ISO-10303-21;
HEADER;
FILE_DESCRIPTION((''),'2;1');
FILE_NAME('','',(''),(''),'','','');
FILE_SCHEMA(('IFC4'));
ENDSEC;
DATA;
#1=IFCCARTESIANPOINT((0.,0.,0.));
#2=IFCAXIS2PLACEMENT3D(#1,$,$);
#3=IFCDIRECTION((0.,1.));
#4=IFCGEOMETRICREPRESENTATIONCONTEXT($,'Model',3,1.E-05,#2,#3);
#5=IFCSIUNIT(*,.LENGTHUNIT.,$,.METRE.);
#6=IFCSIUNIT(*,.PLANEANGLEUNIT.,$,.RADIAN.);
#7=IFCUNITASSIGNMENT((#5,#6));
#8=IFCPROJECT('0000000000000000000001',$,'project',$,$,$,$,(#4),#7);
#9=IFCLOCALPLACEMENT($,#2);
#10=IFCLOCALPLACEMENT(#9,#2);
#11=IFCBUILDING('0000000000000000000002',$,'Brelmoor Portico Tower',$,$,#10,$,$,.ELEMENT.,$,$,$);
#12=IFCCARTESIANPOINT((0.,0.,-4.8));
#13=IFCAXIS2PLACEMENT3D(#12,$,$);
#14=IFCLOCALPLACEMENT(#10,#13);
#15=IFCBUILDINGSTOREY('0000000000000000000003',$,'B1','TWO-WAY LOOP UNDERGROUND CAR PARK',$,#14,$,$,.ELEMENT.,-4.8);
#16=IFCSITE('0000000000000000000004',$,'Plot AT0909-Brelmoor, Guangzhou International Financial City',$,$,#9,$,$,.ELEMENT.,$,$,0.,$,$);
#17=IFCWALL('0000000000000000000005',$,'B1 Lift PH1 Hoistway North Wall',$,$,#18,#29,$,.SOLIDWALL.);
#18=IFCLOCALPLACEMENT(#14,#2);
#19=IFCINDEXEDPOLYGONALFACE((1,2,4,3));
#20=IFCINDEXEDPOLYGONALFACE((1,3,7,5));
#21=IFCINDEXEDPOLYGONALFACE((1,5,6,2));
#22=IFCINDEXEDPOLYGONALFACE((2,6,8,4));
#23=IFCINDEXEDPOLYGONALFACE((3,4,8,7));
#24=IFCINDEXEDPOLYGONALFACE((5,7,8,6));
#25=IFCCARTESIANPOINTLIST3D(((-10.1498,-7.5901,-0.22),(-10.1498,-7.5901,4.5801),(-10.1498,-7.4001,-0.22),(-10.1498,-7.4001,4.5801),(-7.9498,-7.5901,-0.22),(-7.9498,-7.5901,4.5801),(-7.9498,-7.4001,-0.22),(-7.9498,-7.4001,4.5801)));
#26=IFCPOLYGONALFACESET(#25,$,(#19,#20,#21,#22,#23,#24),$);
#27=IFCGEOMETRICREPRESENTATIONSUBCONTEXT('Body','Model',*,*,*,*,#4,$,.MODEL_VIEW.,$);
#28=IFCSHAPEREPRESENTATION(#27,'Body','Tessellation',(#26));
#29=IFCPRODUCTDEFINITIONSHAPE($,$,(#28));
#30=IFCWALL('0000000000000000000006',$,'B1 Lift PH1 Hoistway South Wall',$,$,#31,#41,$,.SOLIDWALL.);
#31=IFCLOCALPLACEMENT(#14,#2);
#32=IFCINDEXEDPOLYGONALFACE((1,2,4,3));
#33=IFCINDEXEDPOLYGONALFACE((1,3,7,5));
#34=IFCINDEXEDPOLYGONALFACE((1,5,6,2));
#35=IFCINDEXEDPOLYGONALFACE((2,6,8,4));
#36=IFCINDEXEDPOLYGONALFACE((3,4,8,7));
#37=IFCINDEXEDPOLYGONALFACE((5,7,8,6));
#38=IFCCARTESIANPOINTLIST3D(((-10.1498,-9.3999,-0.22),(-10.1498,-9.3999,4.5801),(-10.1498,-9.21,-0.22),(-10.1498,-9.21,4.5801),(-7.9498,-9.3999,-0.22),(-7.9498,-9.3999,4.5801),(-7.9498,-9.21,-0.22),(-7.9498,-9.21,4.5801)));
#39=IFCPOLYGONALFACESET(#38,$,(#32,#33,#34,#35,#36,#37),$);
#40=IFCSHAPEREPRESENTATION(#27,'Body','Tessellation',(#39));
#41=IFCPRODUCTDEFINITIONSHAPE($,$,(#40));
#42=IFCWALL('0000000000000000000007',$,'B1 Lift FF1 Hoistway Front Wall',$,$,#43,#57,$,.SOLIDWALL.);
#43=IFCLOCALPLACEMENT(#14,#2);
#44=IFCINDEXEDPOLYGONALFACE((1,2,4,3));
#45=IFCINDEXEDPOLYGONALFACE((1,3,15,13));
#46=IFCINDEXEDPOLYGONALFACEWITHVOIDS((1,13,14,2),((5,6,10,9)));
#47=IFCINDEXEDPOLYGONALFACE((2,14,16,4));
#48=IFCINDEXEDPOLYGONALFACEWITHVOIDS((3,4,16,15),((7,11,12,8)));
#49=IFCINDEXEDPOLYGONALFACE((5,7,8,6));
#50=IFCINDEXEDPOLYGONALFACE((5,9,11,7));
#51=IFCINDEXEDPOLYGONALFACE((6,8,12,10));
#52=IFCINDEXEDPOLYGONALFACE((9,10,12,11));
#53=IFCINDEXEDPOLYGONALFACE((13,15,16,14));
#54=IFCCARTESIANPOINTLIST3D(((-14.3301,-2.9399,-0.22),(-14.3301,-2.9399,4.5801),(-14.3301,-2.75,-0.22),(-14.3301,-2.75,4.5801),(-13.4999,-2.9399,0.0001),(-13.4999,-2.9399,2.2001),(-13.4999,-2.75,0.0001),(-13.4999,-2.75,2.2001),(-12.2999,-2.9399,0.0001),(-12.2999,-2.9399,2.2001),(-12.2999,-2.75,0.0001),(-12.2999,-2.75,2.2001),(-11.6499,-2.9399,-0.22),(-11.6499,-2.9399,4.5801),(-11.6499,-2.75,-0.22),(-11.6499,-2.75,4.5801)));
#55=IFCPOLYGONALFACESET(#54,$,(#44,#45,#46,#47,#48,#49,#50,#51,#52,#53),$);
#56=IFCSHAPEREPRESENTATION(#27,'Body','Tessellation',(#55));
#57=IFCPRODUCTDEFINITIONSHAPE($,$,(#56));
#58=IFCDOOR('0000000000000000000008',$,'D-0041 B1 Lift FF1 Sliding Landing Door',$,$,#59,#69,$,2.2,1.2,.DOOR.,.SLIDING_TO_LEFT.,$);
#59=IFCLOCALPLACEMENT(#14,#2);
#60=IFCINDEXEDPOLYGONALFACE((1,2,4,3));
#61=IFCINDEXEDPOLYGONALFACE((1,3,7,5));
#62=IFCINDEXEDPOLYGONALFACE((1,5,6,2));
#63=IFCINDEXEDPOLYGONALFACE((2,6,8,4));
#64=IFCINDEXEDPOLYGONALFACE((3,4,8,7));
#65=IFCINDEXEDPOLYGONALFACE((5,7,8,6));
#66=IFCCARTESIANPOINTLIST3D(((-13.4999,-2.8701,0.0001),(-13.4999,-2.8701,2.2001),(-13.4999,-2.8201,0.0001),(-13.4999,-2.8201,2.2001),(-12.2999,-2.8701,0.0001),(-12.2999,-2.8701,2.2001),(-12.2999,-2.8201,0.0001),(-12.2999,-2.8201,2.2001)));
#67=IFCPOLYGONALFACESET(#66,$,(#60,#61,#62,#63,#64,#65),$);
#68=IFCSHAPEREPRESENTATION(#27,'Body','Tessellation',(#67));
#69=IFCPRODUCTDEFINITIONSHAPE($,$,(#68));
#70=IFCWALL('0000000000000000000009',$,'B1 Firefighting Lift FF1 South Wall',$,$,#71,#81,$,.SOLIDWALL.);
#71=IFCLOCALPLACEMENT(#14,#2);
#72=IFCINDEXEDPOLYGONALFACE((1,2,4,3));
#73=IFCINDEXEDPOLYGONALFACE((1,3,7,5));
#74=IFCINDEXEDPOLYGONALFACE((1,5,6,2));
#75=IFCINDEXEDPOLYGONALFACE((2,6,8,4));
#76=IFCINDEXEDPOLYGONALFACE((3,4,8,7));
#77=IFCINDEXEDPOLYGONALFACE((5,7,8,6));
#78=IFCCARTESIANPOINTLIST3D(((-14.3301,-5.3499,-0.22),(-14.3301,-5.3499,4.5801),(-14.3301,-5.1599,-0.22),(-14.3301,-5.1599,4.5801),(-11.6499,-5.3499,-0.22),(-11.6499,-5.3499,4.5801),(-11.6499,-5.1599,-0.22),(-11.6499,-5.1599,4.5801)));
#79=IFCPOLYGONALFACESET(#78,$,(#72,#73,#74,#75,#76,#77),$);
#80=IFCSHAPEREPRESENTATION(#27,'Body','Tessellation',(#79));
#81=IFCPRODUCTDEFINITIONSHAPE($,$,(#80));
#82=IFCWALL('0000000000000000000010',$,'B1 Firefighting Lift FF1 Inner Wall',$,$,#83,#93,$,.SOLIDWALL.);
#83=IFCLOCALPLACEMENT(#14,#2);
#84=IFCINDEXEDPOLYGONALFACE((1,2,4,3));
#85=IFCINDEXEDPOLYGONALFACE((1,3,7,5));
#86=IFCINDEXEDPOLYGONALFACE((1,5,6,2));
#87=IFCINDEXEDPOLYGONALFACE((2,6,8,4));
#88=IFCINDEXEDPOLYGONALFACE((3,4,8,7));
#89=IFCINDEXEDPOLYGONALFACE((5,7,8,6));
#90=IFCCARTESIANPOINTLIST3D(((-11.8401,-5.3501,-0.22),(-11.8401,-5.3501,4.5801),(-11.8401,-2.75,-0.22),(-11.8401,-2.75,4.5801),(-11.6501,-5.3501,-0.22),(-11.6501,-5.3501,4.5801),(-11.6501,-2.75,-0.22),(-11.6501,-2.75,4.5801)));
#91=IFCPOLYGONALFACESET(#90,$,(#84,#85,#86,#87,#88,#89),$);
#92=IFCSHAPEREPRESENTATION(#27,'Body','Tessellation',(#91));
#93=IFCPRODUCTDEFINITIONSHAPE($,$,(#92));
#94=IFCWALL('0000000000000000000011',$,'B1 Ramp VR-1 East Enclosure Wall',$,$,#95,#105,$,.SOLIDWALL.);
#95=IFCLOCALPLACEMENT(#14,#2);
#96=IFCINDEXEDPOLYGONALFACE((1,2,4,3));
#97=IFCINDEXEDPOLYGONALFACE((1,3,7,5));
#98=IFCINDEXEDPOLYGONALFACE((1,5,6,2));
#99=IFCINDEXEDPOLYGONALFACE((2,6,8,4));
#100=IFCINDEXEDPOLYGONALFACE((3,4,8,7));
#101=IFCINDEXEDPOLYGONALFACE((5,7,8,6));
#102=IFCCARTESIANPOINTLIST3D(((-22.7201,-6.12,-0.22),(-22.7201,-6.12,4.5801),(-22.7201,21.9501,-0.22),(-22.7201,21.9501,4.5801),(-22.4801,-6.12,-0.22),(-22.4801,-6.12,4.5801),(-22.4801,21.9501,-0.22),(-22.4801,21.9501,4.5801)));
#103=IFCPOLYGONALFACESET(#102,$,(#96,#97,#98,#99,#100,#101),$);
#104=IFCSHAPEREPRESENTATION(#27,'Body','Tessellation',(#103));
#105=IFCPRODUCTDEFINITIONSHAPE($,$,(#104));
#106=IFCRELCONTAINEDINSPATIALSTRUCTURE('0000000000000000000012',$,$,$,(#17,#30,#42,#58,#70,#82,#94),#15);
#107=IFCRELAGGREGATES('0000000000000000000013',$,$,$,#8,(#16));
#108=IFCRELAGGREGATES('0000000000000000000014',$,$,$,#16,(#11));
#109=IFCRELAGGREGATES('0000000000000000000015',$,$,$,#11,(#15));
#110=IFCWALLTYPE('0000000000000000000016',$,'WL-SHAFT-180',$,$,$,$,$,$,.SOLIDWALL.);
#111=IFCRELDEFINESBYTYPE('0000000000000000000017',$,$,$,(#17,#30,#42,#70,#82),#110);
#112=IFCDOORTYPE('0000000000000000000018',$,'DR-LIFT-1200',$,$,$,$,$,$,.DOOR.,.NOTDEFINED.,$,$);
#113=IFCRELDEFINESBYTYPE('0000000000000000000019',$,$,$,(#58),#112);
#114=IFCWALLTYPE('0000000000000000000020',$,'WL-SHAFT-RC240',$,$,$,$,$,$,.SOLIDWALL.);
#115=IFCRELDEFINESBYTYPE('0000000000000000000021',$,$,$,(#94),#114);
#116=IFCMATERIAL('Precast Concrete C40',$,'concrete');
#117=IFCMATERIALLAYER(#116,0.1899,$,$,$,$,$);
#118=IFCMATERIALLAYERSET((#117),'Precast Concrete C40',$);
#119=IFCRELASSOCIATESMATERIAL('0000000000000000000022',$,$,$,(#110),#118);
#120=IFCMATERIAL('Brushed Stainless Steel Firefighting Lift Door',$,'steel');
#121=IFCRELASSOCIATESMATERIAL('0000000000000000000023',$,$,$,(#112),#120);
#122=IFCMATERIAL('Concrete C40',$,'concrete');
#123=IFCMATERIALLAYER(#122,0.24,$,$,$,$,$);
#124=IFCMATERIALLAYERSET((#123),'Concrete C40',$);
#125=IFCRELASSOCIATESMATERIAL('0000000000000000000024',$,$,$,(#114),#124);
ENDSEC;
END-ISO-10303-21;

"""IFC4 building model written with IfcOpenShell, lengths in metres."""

from ifc_helpers import new_model, si_unit, direction, frame, frame_2d, origin, place, context, subcontext, project, spatial, rectangle, extrude, material, layer, layer_set, type_object, element, fill, save


model = new_model("IFC4")

# Units and contexts
model_context = context("Model", 3, precision=1e-05, world=origin(), true_north=direction((0.0, 1.0)))
body_context = subcontext(model_context, "Body", "Model", "MODEL_VIEW")
ifc_project = project(units=[si_unit("LENGTHUNIT", "METRE"), si_unit("PLANEANGLEUNIT", "RADIAN")], contexts=[model_context])

# Site, building, storey
site_placement = place(None, origin())
site = spatial("IfcSite", under=ifc_project, at=site_placement, Name="Plot AT0909-Brelmoor, Guangzhou International Financial City", CompositionType="ELEMENT", RefElevation=0.0)
building_placement = place(site_placement, origin())
building = spatial("IfcBuilding", under=site, at=building_placement, Name="Brelmoor Portico Tower", CompositionType="ELEMENT")
storey_placement = place(building_placement, frame((0.0, 0.0, -4.8)))
storey = spatial("IfcBuildingStorey", under=building, at=storey_placement, Name="B1", Description="TWO-WAY LOOP UNDERGROUND CAR PARK", CompositionType="ELEMENT", Elevation=-4.8)

# Shared definitions
ifc_material_1 = material(Name="Concrete C40", Category="concrete")

# Walls
ifc_material_2 = material(Name="Precast Concrete C40", Category="concrete")
ifc_layer_1 = layer(ifc_material_2, 0.1899)
ifc_layer_set_1 = layer_set([ifc_layer_1], Name="Precast Concrete C40")
wall_type_1 = type_object("IfcWallType", Name="WL-SHAFT-180", PredefinedType="SOLIDWALL", material=ifc_layer_set_1)
for number, where, z_axis, x_axis, name in (
    (1, (-10.1499, -7.4951, -0.22), (0.0, 0.0, 1.0), (1.0, 0.0, 0.0), "B1 Lift PH1 Hoistway North Wall"),
    (2, (-10.1499, -9.3049, -0.22), (0.0, 0.0, 1.0), (1.0, 0.0, 0.0), "B1 Lift PH1 Hoistway South Wall"),
):
    element("IfcWall", number, at=place(storey_placement, frame(where, z_axis=z_axis, x_axis=x_axis)), inside=storey, type_object=wall_type_1, Name=name, PredefinedType="SOLIDWALL", context=body_context, shape_type="SweptSolid", body=[
        extrude(rectangle(XDim=2.2, YDim=0.1899, at=frame_2d((1.1001, 0.0))), origin(), (0.0, 0.0, 1.0), 4.8),
    ])

# Wall, opening, door
wall_1_placement = place(storey_placement, frame((-14.3301, -2.845, -0.22), z_axis=(0.0, 0.0, 1.0), x_axis=(1.0, 0.0, 0.0)))
wall_1 = element("IfcWall", 3, at=wall_1_placement, inside=storey, type_object=wall_type_1, Name="B1 Lift FF1 Hoistway Front Wall", PredefinedType="SOLIDWALL", context=body_context, shape_type="SweptSolid", body=[
    extrude(rectangle(XDim=2.6802, YDim=0.1899, at=frame_2d((1.3401, 0.0))), origin(), (0.0, 0.0, 1.0), 4.8),
])
opening_1_placement = place(wall_1_placement, frame((0.8301, 0.0, 0.22)))
opening_1 = element("IfcOpeningElement", 4, at=opening_1_placement, cuts=wall_1, PredefinedType="OPENING", context=body_context, shape_type="SweptSolid", body=[
    extrude(rectangle(XDim=1.2, YDim=2.2, at=frame_2d((0.6001, 1.1001))), frame((0.0, 0.105, 0.0), z_axis=(0.0, -1.0, 0.0), x_axis=(1.0, 0.0, 0.0)), (0.0, 0.0, 1.0), 0.21),
])
ifc_material_3 = material(Name="Brushed Stainless Steel Firefighting Lift Door", Category="steel")
door_type_1 = type_object("IfcDoorType", Name="DR-LIFT-1200", OperationType="NOTDEFINED", PredefinedType="DOOR", material=ifc_material_3)
door_1_placement = place(opening_1_placement, origin())
door_1 = element("IfcDoor", 5, at=door_1_placement, inside=storey, type_object=door_type_1, Name="D-0041 B1 Lift FF1 Sliding Landing Door", OperationType="SLIDING_TO_LEFT", OverallHeight=2.2, OverallWidth=1.2, PredefinedType="DOOR", context=body_context, shape_type="SweptSolid", body=[
    extrude(rectangle(XDim=1.2, YDim=2.2, at=frame_2d((0.6001, 1.1001))), frame((0.0, 0.0249, 0.0), z_axis=(0.0, -1.0, 0.0), x_axis=(1.0, 0.0, 0.0)), (0.0, 0.0, 1.0), 0.05),
])
fill(opening_1, door_1)

# Walls
wall_2_placement = place(storey_placement, frame((-14.3301, -5.2549, -0.22), z_axis=(0.0, 0.0, 1.0), x_axis=(1.0, 0.0, 0.0)))
element("IfcWall", 6, at=wall_2_placement, inside=storey, type_object=wall_type_1, Name="B1 Firefighting Lift FF1 South Wall", PredefinedType="SOLIDWALL", context=body_context, shape_type="SweptSolid", body=[
    extrude(rectangle(XDim=2.6802, YDim=0.1899, at=frame_2d((1.3401, 0.0))), origin(), (0.0, 0.0, 1.0), 4.8),
])
wall_3_placement = place(storey_placement, frame((-11.7451, -5.3501, -0.22), z_axis=(0.0, 0.0, 1.0), x_axis=(0.0, 1.0, 0.0)))
element("IfcWall", 7, at=wall_3_placement, inside=storey, type_object=wall_type_1, Name="B1 Firefighting Lift FF1 Inner Wall", PredefinedType="SOLIDWALL", context=body_context, shape_type="SweptSolid", body=[
    extrude(rectangle(XDim=2.6001, YDim=0.1899, at=frame_2d((1.3, 0.0))), origin(), (0.0, 0.0, 1.0), 4.8),
])
ifc_layer_2 = layer(ifc_material_1, 0.24)
ifc_layer_set_2 = layer_set([ifc_layer_2], Name="Concrete C40")
wall_type_2 = type_object("IfcWallType", Name="WL-SHAFT-RC240", PredefinedType="SOLIDWALL", material=ifc_layer_set_2)
wall_4_placement = place(storey_placement, frame((-22.6001, -6.1201, -0.22), z_axis=(0.0, 0.0, 1.0), x_axis=(0.0, 1.0, 0.0)))
element("IfcWall", 8, at=wall_4_placement, inside=storey, type_object=wall_type_2, Name="B1 Ramp VR-1 East Enclosure Wall", PredefinedType="SOLIDWALL", context=body_context, shape_type="SweptSolid", body=[
    extrude(rectangle(XDim=28.0701, YDim=0.24, at=frame_2d((14.0352, 0.0))), origin(), (0.0, 0.0, 1.0), 4.8),
])

save(model, "model.ifc")
